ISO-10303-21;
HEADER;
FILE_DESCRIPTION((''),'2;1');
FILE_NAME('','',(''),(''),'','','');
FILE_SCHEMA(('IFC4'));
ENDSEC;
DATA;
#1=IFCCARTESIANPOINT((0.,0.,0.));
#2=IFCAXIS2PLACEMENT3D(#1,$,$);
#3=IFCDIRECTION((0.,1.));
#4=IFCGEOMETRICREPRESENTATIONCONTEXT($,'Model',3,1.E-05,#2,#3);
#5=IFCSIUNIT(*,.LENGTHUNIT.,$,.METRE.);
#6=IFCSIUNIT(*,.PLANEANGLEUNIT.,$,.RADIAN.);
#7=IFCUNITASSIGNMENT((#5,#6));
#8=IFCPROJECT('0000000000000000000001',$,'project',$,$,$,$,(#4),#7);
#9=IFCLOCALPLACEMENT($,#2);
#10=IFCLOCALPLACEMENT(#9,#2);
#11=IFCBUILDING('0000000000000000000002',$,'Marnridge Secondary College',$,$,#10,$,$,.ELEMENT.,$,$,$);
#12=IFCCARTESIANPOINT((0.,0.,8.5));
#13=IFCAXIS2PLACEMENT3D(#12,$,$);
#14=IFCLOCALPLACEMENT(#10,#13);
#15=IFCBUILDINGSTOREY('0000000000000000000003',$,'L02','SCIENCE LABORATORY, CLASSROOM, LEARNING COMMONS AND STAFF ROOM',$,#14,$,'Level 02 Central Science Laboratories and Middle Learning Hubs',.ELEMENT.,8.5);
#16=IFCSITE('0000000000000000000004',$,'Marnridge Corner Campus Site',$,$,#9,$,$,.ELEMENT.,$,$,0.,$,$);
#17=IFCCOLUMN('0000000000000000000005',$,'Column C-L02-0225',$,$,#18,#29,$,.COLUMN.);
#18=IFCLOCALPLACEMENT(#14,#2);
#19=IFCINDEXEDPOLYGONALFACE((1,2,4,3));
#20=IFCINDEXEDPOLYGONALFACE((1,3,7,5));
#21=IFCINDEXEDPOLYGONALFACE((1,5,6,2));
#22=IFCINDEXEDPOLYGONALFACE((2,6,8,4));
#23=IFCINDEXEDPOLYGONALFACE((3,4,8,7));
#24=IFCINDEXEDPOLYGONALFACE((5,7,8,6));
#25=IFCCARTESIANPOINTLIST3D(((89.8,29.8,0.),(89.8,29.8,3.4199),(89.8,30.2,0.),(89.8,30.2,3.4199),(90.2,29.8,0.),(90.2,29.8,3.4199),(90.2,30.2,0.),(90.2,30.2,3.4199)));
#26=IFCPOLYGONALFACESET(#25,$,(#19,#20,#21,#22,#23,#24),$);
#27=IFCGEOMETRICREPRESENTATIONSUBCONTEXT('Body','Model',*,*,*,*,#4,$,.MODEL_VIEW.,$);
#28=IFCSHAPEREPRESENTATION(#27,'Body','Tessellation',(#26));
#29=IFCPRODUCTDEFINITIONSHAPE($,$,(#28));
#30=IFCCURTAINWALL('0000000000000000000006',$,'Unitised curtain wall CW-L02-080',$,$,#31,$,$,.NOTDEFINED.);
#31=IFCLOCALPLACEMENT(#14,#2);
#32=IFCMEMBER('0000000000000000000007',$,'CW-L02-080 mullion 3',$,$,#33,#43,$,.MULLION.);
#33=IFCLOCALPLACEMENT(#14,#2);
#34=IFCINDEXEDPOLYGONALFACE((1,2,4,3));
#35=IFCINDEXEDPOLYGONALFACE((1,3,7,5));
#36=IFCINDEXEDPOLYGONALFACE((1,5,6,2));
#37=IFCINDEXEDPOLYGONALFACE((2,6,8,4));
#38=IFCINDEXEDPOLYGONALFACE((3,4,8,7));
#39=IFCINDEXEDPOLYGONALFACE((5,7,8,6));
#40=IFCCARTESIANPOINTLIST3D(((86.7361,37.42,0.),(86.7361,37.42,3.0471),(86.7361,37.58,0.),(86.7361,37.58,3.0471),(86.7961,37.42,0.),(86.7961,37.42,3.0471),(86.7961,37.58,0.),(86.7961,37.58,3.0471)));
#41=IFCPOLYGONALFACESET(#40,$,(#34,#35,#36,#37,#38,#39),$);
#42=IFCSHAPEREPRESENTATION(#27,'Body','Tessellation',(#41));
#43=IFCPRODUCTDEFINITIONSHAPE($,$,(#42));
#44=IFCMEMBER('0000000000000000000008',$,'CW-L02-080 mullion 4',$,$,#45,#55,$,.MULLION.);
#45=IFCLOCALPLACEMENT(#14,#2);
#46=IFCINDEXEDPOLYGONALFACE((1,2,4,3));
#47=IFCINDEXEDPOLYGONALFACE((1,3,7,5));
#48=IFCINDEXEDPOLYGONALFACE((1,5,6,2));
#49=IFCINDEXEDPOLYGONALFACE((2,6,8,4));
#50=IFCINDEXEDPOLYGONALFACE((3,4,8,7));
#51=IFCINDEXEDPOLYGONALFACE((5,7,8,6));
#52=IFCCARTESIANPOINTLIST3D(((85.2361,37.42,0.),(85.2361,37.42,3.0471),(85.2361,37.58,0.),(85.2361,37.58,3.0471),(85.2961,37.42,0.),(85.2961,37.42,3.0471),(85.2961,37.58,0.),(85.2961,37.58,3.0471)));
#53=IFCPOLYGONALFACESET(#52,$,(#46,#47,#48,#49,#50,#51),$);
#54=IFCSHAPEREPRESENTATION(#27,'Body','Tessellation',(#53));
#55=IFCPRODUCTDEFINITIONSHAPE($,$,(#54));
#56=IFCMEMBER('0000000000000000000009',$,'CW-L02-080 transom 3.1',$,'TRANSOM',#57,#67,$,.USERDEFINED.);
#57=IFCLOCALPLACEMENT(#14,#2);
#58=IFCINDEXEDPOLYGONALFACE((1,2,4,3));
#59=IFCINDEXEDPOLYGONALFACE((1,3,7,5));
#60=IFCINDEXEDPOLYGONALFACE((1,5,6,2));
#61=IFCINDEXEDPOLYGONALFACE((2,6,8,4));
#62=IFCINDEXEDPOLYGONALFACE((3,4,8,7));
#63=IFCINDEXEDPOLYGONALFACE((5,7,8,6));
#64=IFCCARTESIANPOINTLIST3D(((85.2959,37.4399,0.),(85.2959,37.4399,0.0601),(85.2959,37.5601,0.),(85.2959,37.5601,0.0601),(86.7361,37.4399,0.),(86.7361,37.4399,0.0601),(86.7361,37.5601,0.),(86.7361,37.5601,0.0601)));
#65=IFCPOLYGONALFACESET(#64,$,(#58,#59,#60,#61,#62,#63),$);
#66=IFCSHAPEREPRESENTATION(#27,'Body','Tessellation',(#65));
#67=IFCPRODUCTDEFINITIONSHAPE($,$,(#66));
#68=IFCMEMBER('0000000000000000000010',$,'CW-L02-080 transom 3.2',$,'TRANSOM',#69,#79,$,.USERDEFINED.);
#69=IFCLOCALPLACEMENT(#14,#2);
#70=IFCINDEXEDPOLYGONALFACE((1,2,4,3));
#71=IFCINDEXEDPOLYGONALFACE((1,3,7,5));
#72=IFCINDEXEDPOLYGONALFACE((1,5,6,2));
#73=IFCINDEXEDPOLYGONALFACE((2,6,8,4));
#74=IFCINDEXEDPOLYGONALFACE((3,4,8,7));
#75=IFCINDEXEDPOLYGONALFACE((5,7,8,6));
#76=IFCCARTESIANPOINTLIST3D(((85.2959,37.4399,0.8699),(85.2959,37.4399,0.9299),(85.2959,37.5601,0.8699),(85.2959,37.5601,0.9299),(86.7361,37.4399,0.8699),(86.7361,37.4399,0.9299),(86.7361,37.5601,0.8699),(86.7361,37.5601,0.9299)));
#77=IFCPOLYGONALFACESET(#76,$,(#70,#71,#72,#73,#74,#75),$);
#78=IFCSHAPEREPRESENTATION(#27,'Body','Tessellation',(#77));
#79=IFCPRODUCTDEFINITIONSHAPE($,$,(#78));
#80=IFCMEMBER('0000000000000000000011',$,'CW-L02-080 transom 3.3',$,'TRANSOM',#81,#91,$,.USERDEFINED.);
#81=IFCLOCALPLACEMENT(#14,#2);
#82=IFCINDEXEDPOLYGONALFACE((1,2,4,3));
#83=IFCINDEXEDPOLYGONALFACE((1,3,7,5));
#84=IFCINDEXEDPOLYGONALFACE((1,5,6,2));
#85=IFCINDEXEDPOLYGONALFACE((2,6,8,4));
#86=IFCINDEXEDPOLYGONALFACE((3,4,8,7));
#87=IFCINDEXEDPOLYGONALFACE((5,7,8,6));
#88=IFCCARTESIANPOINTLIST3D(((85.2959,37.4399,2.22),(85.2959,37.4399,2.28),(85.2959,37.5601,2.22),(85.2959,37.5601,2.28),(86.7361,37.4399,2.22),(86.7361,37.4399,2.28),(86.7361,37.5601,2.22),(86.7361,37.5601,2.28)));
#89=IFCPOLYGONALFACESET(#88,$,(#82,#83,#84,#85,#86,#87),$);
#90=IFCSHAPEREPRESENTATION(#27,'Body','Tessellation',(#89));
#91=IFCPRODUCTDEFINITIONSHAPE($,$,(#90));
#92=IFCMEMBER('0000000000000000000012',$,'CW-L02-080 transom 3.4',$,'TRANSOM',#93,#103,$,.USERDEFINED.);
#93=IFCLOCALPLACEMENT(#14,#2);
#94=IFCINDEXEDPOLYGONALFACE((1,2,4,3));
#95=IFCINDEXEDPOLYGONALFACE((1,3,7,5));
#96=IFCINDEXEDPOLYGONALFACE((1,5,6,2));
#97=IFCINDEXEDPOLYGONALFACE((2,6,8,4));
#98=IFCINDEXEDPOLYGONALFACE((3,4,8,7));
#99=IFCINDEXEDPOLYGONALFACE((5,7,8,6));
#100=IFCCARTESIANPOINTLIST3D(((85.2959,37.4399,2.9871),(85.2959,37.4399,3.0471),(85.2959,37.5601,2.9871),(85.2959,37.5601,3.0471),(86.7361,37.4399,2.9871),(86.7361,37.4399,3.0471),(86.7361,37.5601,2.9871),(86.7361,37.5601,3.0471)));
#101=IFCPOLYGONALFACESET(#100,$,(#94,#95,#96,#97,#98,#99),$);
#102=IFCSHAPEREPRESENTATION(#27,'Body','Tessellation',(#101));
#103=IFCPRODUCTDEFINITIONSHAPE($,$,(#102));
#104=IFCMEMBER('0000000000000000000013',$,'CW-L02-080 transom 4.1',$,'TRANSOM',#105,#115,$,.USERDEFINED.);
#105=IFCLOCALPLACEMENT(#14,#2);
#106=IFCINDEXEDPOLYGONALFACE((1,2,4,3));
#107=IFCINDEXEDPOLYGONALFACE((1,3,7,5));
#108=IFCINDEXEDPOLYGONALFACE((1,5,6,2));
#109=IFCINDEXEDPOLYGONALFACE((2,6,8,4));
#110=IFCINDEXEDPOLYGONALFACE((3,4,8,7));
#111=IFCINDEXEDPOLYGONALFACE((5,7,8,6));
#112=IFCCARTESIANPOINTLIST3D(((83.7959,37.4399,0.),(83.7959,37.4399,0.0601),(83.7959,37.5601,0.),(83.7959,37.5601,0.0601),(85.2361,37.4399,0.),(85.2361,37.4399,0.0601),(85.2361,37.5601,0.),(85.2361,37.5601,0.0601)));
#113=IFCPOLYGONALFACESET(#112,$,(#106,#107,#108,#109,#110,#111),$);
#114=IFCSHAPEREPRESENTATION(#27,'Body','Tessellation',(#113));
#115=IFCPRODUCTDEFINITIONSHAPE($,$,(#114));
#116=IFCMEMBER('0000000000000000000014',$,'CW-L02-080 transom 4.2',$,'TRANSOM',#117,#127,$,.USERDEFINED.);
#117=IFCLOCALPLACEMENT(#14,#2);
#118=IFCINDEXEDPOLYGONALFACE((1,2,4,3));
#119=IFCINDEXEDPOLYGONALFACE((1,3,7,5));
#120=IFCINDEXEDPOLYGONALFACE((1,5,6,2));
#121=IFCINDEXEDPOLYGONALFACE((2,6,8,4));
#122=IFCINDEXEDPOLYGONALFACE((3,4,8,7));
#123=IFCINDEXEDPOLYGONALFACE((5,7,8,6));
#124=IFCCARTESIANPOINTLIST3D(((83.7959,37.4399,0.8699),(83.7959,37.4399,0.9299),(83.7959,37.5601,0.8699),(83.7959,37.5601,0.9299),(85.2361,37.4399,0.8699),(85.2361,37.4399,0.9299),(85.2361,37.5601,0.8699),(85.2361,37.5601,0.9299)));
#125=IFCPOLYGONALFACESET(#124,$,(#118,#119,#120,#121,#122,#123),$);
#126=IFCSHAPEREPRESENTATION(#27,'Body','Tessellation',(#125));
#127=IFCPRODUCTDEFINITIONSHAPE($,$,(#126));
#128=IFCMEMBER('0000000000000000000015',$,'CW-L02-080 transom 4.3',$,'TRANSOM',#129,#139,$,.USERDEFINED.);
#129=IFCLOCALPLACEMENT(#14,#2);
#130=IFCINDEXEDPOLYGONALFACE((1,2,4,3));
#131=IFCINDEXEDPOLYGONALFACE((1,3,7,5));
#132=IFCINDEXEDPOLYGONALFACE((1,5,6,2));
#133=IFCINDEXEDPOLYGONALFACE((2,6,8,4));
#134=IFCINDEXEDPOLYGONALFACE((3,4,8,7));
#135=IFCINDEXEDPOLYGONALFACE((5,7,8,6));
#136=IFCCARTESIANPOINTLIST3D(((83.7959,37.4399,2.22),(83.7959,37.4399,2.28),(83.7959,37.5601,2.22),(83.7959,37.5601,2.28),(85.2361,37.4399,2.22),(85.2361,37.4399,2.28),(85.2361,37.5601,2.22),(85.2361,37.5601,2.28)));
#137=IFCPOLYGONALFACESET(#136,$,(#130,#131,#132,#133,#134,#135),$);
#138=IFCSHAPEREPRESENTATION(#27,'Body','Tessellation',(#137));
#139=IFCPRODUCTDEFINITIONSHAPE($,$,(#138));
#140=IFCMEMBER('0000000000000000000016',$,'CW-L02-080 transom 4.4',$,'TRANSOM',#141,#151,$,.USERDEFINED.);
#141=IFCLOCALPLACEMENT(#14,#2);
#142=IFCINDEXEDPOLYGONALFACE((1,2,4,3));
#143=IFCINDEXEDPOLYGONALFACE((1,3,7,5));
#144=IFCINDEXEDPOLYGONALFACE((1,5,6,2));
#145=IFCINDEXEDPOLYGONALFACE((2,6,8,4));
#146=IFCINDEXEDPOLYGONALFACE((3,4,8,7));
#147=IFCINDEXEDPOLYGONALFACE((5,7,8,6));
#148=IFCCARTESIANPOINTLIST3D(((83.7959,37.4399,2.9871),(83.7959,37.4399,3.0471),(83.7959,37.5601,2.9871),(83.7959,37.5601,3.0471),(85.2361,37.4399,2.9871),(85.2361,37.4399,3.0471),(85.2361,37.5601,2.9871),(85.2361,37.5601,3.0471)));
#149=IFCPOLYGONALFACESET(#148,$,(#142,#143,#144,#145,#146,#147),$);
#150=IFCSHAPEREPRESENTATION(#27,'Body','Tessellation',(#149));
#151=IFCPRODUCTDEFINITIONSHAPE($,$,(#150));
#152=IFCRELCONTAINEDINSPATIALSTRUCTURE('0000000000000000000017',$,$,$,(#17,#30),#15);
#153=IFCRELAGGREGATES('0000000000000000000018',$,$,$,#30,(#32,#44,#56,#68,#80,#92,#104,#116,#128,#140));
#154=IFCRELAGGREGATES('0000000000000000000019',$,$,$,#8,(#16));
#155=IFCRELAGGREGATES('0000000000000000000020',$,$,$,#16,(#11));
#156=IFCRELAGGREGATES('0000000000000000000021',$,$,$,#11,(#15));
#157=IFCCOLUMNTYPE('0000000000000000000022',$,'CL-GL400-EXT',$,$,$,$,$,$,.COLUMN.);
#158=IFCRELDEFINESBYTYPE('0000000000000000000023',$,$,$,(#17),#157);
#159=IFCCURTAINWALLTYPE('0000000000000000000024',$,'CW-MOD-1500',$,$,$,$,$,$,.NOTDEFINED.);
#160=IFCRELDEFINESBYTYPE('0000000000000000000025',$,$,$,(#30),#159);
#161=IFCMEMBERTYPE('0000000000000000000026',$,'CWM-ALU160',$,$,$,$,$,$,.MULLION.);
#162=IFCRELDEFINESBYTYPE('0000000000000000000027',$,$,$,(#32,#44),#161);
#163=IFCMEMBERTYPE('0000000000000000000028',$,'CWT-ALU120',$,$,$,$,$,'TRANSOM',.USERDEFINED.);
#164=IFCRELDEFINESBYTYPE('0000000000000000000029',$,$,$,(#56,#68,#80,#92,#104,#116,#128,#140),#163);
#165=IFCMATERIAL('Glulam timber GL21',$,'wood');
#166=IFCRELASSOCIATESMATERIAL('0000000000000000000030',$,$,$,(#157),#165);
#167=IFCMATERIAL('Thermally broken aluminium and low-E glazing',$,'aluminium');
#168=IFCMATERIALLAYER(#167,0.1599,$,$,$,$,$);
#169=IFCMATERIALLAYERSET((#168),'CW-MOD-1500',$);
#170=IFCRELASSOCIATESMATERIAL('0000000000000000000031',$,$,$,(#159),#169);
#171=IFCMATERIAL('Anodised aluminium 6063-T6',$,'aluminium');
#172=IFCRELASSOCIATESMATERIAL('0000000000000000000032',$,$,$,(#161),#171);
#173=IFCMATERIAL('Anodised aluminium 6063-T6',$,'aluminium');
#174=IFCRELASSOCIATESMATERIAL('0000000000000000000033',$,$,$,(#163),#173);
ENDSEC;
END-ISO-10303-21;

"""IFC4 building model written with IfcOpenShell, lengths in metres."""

from ifc_helpers import new_model, si_unit, direction, frame, origin, origin_2d, place, context, subcontext, project, spatial, rectangle, extrude, material, layer, layer_set, material_profile, profile_set, type_object, element, aggregate, save


model = new_model("IFC4")

# Units and contexts
model_context = context("Model", 3, precision=1e-05, world=origin(), true_north=direction((0.0, 1.0)))
body_context = subcontext(model_context, "Body", "Model", "MODEL_VIEW")
ifc_project = project(units=[si_unit("LENGTHUNIT", "METRE"), si_unit("PLANEANGLEUNIT", "RADIAN")], contexts=[model_context])

# Site, building, storey
site_placement = place(None, origin())
site = spatial("IfcSite", under=ifc_project, at=site_placement, Name="Marnridge Corner Campus Site", CompositionType="ELEMENT", RefElevation=0.0)
building_placement = place(site_placement, origin())
building = spatial("IfcBuilding", under=site, at=building_placement, Name="Marnridge Secondary College", CompositionType="ELEMENT")
storey_placement = place(building_placement, frame((0.0, 0.0, 8.5)))
storey = spatial("IfcBuildingStorey", under=building, at=storey_placement, Name="L02", Description="SCIENCE LABORATORY, CLASSROOM, LEARNING COMMONS AND STAFF ROOM", LongName="Level 02 Central Science Laboratories and Middle Learning Hubs", CompositionType="ELEMENT", Elevation=8.5)

# Column
ifc_material_1 = material(Name="Glulam timber GL21", Category="wood")
ifc_material_profile_1 = material_profile(ifc_material_1, rectangle(XDim=0.3999, YDim=0.3999, at=origin_2d()), Name="GL21 400x400")
ifc_profile_set_1 = profile_set([ifc_material_profile_1], Name="Glulam timber GL21")
column_type = type_object("IfcColumnType", Name="CL-GL400-EXT", PredefinedType="COLUMN", material=ifc_profile_set_1)
column_placement = place(storey_placement, frame((90.0, 30.0, 0.0), z_axis=(0.0, 0.0, 1.0), x_axis=(1.0, 0.0, 0.0)))
element("IfcColumn", 1, at=column_placement, inside=storey, type_object=column_type, Name="Column C-L02-0225", PredefinedType="COLUMN", context=body_context, shape_type="SweptSolid", body=[
    extrude(rectangle(XDim=0.3999, YDim=0.3999, at=origin_2d()), origin(), (0.0, 0.0, 1.0), 3.4199),
])

# Curtain wall, members
ifc_material_2 = material(Name="Thermally broken aluminium and low-E glazing", Category="aluminium")
ifc_layer_1 = layer(ifc_material_2, 0.1599)
ifc_layer_set_1 = layer_set([ifc_layer_1], Name="CW-MOD-1500")
curtain_wall_type = type_object("IfcCurtainWallType", Name="CW-MOD-1500", PredefinedType="NOTDEFINED", material=ifc_layer_set_1)
curtain_wall_placement = place(storey_placement, origin())
curtain_wall = element("IfcCurtainWall", 2, at=curtain_wall_placement, inside=storey, type_object=curtain_wall_type, Name="Unitised curtain wall CW-L02-080", PredefinedType="NOTDEFINED")
ifc_material_3 = material(Name="Anodised aluminium 6063-T6", Category="aluminium")
ifc_material_profile_2 = material_profile(ifc_material_3, rectangle(XDim=0.0601, YDim=0.1599, at=origin_2d()), Name="ALU 60x160")
ifc_profile_set_2 = profile_set([ifc_material_profile_2], Name="Anodised aluminium 6063-T6")
member_type_1 = type_object("IfcMemberType", Name="CWM-ALU160", PredefinedType="MULLION", material=ifc_profile_set_2)
member_1_placement = place(storey_placement, frame((86.7661, 37.5, 0.0), z_axis=(0.0, 0.0, 1.0), x_axis=(-1.0, 0.0, 0.0)))
member_1 = element("IfcMember", 3, at=member_1_placement, type_object=member_type_1, Name="CW-L02-080 mullion 3", PredefinedType="MULLION", context=body_context, shape_type="SweptSolid", body=[
    extrude(rectangle(XDim=0.0601, YDim=0.1599, at=origin_2d()), origin(), (0.0, 0.0, 1.0), 3.0471),
])
member_2_placement = place(storey_placement, frame((85.2661, 37.5, 0.0), z_axis=(0.0, 0.0, 1.0), x_axis=(-1.0, 0.0, 0.0)))
member_2 = element("IfcMember", 4, at=member_2_placement, type_object=member_type_1, Name="CW-L02-080 mullion 4", PredefinedType="MULLION", context=body_context, shape_type="SweptSolid", body=[
    extrude(rectangle(XDim=0.0601, YDim=0.1599, at=origin_2d()), origin(), (0.0, 0.0, 1.0), 3.0471),
])
ifc_material_4 = material(Name="Anodised aluminium 6063-T6", Category="aluminium")
ifc_material_profile_3 = material_profile(ifc_material_4, rectangle(XDim=0.0601, YDim=0.1201, at=origin_2d()), Name="ALU 60x120")
ifc_profile_set_3 = profile_set([ifc_material_profile_3], Name="Anodised aluminium 6063-T6")
member_type_2 = type_object("IfcMemberType", Name="CWT-ALU120", ElementType="TRANSOM", PredefinedType="USERDEFINED", material=ifc_profile_set_3)
member_3_placement = place(storey_placement, frame((86.7361, 37.5, 0.03), z_axis=(-1.0, 0.0, 0.0), x_axis=(0.0, 0.0, 1.0)))
member_3 = element("IfcMember", 5, at=member_3_placement, type_object=member_type_2, Name="CW-L02-080 transom 3.1", ObjectType="TRANSOM", PredefinedType="USERDEFINED", context=body_context, shape_type="SweptSolid", body=[
    extrude(rectangle(XDim=0.0601, YDim=0.1201, at=origin_2d()), origin(), (0.0, 0.0, 1.0), 1.4402),
])
member_4_placement = place(storey_placement, frame((86.7361, 37.5, 0.8999), z_axis=(-1.0, 0.0, 0.0), x_axis=(0.0, 0.0, 1.0)))
member_4 = element("IfcMember", 6, at=member_4_placement, type_object=member_type_2, Name="CW-L02-080 transom 3.2", ObjectType="TRANSOM", PredefinedType="USERDEFINED", context=body_context, shape_type="SweptSolid", body=[
    extrude(rectangle(XDim=0.0601, YDim=0.1201, at=origin_2d()), origin(), (0.0, 0.0, 1.0), 1.4402),
])
member_5_placement = place(storey_placement, frame((86.7361, 37.5, 2.25), z_axis=(-1.0, 0.0, 0.0), x_axis=(0.0, 0.0, 1.0)))
member_5 = element("IfcMember", 7, at=member_5_placement, type_object=member_type_2, Name="CW-L02-080 transom 3.3", ObjectType="TRANSOM", PredefinedType="USERDEFINED", context=body_context, shape_type="SweptSolid", body=[
    extrude(rectangle(XDim=0.0601, YDim=0.1201, at=origin_2d()), origin(), (0.0, 0.0, 1.0), 1.4402),
])
member_6_placement = place(storey_placement, frame((86.7361, 37.5, 3.0171), z_axis=(-1.0, 0.0, 0.0), x_axis=(0.0, 0.0, 1.0)))
member_6 = element("IfcMember", 8, at=member_6_placement, type_object=member_type_2, Name="CW-L02-080 transom 3.4", ObjectType="TRANSOM", PredefinedType="USERDEFINED", context=body_context, shape_type="SweptSolid", body=[
    extrude(rectangle(XDim=0.0601, YDim=0.1201, at=origin_2d()), origin(), (0.0, 0.0, 1.0), 1.4402),
])
member_7_placement = place(storey_placement, frame((85.2361, 37.5, 0.03), z_axis=(-1.0, 0.0, 0.0), x_axis=(0.0, 0.0, 1.0)))
member_7 = element("IfcMember", 9, at=member_7_placement, type_object=member_type_2, Name="CW-L02-080 transom 4.1", ObjectType="TRANSOM", PredefinedType="USERDEFINED", context=body_context, shape_type="SweptSolid", body=[
    extrude(rectangle(XDim=0.0601, YDim=0.1201, at=origin_2d()), origin(), (0.0, 0.0, 1.0), 1.4402),
])
member_8_placement = place(storey_placement, frame((85.2361, 37.5, 0.8999), z_axis=(-1.0, 0.0, 0.0), x_axis=(0.0, 0.0, 1.0)))
member_8 = element("IfcMember", 10, at=member_8_placement, type_object=member_type_2, Name="CW-L02-080 transom 4.2", ObjectType="TRANSOM", PredefinedType="USERDEFINED", context=body_context, shape_type="SweptSolid", body=[
    extrude(rectangle(XDim=0.0601, YDim=0.1201, at=origin_2d()), origin(), (0.0, 0.0, 1.0), 1.4402),
])
member_9_placement = place(storey_placement, frame((85.2361, 37.5, 2.25), z_axis=(-1.0, 0.0, 0.0), x_axis=(0.0, 0.0, 1.0)))
member_9 = element("IfcMember", 11, at=member_9_placement, type_object=member_type_2, Name="CW-L02-080 transom 4.3", ObjectType="TRANSOM", PredefinedType="USERDEFINED", context=body_context, shape_type="SweptSolid", body=[
    extrude(rectangle(XDim=0.0601, YDim=0.1201, at=origin_2d()), origin(), (0.0, 0.0, 1.0), 1.4402),
])
member_10_placement = place(storey_placement, frame((85.2361, 37.5, 3.0171), z_axis=(-1.0, 0.0, 0.0), x_axis=(0.0, 0.0, 1.0)))
member_10 = element("IfcMember", 12, at=member_10_placement, type_object=member_type_2, Name="CW-L02-080 transom 4.4", ObjectType="TRANSOM", PredefinedType="USERDEFINED", context=body_context, shape_type="SweptSolid", body=[
    extrude(rectangle(XDim=0.0601, YDim=0.1201, at=origin_2d()), origin(), (0.0, 0.0, 1.0), 1.4402),
])

aggregate(curtain_wall, [member_1, member_2, member_3, member_4, member_5, member_6, member_7, member_8, member_9, member_10])

save(model, "model.ifc")
